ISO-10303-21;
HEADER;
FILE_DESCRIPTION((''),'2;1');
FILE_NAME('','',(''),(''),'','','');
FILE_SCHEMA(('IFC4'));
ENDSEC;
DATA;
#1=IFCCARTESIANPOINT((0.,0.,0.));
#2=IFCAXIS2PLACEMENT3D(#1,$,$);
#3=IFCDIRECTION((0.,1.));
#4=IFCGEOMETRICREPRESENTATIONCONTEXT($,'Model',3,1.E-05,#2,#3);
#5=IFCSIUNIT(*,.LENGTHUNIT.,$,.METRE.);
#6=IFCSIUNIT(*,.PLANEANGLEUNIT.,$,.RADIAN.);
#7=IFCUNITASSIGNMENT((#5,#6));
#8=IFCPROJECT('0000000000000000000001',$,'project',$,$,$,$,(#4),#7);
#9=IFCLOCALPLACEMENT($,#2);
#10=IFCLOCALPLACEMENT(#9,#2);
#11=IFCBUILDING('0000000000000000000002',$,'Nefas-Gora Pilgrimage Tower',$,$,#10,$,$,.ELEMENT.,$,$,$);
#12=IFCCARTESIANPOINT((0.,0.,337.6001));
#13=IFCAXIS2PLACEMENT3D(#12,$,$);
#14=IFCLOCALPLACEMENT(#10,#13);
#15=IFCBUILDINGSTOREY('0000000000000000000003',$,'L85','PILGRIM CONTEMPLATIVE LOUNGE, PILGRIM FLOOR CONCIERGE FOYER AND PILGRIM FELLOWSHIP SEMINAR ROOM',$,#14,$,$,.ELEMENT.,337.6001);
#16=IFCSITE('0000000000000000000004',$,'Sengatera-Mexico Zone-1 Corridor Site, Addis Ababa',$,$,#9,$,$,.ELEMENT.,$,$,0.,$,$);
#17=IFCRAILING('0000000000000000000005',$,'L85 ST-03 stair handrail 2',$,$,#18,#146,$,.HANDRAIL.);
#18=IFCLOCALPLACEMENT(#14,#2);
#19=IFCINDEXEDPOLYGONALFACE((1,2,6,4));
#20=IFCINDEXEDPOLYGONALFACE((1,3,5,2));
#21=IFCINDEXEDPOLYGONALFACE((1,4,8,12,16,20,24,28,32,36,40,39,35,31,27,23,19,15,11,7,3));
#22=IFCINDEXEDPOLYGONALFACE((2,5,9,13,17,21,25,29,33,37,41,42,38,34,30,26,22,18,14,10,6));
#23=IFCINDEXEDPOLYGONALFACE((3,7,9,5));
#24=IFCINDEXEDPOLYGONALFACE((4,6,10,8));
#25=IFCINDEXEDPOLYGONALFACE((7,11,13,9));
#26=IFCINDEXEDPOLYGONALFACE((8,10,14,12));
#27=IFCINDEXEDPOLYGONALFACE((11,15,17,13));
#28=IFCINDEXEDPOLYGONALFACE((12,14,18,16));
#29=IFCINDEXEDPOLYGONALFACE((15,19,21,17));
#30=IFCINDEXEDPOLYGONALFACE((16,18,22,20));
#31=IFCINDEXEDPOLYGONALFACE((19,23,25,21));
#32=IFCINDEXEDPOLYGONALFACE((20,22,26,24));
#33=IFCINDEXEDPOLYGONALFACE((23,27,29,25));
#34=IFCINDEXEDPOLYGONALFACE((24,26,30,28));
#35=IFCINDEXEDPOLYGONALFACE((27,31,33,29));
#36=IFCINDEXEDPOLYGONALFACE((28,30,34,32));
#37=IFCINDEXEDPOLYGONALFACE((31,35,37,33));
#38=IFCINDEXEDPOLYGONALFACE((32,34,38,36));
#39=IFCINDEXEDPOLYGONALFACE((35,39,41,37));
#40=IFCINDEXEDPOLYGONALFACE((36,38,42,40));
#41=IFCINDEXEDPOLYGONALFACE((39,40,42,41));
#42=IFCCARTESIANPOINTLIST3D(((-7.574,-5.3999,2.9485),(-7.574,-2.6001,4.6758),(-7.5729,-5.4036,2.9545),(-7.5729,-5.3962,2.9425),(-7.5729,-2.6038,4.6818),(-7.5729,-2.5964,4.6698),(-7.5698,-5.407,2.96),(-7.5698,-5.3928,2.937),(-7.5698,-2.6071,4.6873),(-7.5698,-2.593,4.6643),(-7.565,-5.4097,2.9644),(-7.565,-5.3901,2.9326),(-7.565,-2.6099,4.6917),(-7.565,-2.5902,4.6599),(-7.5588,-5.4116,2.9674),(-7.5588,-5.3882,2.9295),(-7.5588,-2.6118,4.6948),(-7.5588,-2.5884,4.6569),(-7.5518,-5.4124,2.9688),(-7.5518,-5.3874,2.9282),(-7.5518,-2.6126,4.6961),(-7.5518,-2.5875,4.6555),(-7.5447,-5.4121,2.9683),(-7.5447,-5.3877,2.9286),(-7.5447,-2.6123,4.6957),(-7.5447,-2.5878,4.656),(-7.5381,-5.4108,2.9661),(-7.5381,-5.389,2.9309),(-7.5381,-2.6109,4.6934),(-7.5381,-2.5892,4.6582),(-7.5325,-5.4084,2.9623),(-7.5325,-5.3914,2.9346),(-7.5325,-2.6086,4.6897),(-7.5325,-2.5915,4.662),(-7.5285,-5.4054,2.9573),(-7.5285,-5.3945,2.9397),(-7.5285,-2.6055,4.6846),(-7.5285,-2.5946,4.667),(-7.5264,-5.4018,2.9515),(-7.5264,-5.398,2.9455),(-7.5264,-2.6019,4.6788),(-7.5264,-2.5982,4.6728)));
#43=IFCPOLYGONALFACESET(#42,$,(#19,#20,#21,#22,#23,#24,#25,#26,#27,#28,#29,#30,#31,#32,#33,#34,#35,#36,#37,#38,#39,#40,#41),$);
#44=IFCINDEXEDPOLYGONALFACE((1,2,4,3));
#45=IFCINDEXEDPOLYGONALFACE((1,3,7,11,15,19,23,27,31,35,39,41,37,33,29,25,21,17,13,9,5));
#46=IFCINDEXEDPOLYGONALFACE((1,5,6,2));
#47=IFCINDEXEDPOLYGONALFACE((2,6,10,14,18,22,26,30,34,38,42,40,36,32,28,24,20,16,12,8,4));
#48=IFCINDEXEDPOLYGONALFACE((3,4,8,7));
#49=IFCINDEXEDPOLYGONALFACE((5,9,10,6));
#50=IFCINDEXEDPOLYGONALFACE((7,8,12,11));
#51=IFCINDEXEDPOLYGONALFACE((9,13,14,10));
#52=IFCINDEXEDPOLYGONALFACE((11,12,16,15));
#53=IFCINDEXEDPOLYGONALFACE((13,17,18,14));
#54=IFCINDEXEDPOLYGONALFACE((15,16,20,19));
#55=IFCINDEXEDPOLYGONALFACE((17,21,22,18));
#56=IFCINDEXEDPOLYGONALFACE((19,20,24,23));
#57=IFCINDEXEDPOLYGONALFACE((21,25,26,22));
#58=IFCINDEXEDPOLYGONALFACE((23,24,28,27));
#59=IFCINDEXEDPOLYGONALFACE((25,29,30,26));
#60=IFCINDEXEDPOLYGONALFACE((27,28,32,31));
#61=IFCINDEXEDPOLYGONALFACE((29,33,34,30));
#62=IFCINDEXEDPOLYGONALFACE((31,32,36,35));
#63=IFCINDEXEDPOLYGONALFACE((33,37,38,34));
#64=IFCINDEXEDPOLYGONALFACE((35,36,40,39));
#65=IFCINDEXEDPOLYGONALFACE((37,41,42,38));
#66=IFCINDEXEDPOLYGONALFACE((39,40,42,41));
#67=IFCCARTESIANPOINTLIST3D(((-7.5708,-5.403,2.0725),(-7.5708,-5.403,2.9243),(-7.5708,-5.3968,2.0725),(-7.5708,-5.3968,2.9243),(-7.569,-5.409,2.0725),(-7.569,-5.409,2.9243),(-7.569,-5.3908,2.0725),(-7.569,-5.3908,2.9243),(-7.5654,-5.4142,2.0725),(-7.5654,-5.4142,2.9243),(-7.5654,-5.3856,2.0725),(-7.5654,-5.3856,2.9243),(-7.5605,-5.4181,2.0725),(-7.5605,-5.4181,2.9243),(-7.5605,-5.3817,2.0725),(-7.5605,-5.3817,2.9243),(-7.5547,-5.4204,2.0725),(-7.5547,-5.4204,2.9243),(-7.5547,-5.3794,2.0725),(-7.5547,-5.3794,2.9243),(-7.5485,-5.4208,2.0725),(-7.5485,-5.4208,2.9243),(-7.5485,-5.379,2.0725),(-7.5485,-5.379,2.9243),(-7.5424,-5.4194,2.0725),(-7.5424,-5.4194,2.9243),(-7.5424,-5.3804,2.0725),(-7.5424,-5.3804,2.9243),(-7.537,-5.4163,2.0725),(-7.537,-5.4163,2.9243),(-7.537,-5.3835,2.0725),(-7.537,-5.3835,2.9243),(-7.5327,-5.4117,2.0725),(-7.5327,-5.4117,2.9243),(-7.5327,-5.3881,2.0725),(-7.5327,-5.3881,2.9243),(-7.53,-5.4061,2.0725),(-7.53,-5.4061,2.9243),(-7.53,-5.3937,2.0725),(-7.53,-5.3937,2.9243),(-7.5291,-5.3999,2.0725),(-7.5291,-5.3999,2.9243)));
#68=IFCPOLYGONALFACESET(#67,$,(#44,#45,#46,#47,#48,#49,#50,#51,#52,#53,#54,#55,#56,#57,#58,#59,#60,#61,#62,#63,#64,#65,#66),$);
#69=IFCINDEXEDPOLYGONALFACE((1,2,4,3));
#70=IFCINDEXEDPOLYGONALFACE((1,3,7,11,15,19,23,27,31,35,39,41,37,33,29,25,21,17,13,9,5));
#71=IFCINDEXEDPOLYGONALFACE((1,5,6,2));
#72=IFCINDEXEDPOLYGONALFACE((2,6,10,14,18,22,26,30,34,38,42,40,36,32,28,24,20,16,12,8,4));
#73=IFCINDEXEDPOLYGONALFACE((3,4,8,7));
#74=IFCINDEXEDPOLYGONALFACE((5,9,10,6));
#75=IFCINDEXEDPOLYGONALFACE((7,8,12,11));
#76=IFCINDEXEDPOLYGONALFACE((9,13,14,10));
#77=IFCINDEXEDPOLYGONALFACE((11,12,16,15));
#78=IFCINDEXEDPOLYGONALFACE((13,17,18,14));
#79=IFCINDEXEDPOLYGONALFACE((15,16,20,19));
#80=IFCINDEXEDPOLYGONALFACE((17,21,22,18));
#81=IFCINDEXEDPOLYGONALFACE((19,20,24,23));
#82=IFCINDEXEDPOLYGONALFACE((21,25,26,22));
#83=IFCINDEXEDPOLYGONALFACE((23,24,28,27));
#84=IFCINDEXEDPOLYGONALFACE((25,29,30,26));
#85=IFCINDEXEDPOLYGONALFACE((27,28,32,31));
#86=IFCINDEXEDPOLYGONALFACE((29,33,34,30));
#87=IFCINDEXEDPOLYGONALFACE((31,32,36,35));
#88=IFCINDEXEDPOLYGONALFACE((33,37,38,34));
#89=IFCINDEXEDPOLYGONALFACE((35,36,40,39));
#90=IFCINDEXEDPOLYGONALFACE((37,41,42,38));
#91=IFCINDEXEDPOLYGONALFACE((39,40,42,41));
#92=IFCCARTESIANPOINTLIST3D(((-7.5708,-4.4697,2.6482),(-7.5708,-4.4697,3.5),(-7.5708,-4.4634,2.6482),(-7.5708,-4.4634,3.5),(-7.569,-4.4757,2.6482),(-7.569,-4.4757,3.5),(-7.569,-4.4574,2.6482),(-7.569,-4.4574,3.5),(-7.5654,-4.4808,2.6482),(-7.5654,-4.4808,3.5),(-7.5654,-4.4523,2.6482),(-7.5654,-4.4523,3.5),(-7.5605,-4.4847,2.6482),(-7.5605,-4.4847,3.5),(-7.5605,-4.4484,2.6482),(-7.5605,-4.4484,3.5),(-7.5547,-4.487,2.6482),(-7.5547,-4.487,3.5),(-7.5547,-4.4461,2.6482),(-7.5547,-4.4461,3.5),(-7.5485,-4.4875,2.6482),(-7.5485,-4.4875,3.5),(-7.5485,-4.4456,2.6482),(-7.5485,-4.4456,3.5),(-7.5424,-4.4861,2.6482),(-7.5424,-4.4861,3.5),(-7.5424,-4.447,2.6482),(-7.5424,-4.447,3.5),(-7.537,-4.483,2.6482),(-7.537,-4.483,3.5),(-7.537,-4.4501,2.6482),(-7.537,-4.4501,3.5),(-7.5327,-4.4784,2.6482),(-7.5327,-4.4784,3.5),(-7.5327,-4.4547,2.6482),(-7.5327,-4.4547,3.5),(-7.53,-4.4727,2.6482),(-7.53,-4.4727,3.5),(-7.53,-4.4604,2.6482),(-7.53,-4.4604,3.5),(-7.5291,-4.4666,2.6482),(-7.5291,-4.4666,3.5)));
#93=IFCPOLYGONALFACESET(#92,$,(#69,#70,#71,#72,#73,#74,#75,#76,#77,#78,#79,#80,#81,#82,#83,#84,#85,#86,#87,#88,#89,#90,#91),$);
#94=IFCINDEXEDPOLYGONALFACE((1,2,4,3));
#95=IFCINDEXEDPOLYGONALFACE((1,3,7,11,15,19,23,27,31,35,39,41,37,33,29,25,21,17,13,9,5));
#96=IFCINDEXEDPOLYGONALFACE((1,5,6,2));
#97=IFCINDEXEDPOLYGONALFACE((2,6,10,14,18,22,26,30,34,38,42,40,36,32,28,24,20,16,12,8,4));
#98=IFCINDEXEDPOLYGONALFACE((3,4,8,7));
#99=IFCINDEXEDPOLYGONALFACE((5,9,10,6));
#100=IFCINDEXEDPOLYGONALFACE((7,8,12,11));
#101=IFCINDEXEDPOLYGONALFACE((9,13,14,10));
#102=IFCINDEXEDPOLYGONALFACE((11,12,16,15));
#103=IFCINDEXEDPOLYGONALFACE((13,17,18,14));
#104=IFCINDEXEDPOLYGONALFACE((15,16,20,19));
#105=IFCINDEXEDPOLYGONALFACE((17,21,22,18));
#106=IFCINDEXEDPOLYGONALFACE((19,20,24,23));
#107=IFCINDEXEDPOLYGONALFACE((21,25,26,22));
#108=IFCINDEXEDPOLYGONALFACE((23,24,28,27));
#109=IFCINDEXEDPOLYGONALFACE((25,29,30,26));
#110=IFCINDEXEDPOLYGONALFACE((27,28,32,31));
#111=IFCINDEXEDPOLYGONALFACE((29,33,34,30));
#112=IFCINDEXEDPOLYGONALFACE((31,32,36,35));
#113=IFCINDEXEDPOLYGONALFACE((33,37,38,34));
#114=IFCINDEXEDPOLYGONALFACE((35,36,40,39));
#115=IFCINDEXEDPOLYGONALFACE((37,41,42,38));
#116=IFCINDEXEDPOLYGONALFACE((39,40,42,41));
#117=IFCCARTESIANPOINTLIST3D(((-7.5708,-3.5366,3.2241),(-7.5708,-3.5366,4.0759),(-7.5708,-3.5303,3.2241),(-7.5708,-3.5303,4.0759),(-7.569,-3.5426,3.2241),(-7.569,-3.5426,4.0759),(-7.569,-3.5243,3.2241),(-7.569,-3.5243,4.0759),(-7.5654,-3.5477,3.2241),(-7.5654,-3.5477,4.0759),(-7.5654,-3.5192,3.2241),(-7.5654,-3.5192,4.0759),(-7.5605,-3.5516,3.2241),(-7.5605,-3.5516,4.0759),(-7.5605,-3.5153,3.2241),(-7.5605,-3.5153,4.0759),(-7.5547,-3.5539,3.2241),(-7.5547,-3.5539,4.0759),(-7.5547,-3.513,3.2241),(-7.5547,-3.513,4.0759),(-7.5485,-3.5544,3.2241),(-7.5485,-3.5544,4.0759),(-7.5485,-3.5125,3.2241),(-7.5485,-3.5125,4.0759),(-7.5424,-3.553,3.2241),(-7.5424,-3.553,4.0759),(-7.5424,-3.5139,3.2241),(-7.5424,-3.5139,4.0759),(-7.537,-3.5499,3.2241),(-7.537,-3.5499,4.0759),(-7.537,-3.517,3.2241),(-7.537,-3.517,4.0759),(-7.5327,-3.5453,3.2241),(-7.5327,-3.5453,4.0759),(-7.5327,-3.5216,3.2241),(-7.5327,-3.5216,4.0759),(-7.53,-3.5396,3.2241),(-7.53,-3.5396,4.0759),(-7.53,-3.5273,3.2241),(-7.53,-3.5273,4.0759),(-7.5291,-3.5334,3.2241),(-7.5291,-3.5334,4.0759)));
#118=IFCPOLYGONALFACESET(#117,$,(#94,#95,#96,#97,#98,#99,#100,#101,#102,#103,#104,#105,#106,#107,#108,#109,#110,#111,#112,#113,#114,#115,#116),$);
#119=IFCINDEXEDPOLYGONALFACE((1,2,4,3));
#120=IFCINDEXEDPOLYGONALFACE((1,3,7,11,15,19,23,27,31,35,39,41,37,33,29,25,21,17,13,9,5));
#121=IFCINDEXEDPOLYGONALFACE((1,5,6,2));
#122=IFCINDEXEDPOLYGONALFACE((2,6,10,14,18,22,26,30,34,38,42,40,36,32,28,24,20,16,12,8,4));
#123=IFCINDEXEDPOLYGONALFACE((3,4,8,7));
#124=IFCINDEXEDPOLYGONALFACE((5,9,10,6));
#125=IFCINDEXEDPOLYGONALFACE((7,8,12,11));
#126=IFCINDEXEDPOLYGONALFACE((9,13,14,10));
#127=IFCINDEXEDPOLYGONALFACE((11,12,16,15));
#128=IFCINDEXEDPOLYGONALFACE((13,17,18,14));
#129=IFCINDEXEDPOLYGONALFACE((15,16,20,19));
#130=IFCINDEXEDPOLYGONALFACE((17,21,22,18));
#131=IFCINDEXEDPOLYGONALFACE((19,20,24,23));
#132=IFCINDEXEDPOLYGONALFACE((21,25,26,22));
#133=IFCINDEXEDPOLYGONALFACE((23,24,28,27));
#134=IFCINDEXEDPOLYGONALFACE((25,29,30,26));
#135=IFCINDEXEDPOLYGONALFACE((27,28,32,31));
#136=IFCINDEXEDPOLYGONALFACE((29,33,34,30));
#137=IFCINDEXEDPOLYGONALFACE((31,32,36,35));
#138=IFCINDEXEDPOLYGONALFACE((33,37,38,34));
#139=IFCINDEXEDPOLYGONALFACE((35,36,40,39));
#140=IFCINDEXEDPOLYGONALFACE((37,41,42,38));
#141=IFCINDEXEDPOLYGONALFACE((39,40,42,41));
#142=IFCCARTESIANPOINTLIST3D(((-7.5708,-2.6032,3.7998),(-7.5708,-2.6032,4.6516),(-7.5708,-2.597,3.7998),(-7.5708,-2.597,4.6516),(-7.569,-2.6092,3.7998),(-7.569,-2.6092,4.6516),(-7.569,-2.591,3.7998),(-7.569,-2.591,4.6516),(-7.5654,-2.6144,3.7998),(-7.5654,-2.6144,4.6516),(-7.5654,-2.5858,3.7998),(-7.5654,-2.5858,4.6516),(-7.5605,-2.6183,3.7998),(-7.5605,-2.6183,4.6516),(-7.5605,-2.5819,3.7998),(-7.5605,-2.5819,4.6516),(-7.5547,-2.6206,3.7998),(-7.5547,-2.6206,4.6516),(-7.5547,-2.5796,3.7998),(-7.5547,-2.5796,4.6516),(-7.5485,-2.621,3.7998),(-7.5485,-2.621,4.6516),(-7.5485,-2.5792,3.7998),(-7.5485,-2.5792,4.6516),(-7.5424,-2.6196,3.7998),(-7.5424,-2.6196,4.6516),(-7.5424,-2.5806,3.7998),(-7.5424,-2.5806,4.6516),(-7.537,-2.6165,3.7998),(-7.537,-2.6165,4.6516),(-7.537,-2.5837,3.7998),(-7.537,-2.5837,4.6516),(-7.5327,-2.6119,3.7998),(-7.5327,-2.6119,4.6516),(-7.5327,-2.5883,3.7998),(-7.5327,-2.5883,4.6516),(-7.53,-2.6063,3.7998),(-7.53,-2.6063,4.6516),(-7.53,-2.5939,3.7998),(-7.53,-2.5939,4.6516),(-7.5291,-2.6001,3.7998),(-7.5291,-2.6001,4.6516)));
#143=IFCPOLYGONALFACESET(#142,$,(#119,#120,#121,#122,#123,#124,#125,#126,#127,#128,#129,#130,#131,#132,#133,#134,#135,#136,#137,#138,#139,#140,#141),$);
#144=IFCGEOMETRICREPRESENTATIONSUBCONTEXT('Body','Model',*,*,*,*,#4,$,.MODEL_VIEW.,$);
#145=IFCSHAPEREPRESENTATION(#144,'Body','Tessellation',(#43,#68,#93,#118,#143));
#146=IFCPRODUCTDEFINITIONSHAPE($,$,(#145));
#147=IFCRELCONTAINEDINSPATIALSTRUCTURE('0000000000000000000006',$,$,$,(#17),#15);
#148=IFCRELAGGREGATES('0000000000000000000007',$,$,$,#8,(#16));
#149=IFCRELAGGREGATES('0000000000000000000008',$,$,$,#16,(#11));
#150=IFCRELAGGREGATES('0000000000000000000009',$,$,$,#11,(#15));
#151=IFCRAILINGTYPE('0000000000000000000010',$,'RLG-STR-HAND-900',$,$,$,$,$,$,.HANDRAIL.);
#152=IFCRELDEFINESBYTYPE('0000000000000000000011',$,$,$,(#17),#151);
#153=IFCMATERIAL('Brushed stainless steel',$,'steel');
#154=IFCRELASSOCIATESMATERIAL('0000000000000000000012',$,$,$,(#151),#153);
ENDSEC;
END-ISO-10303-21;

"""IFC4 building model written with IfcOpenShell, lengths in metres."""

from ifc_helpers import new_model, si_unit, direction, frame, origin, origin_2d, place, context, subcontext, project, spatial, circle, extrude, material, type_object, element, save


model = new_model("IFC4")

# Units and contexts
model_context = context("Model", 3, precision=1e-05, world=origin(), true_north=direction((0.0, 1.0)))
body_context = subcontext(model_context, "Body", "Model", "MODEL_VIEW")
ifc_project = project(units=[si_unit("LENGTHUNIT", "METRE"), si_unit("PLANEANGLEUNIT", "RADIAN")], contexts=[model_context])

# Site, building, storey
site_placement = place(None, origin())
site = spatial("IfcSite", under=ifc_project, at=site_placement, Name="Sengatera-Mexico Zone-1 Corridor Site, Addis Ababa", CompositionType="ELEMENT", RefElevation=0.0)
building_placement = place(site_placement, origin())
building = spatial("IfcBuilding", under=site, at=building_placement, Name="Nefas-Gora Pilgrimage Tower", CompositionType="ELEMENT")
storey_placement = place(building_placement, frame((0.0, 0.0, 337.6001)))
storey = spatial("IfcBuildingStorey", under=building, at=storey_placement, Name="L85", Description="PILGRIM CONTEMPLATIVE LOUNGE, PILGRIM FLOOR CONCIERGE FOYER AND PILGRIM FELLOWSHIP SEMINAR ROOM", CompositionType="ELEMENT", Elevation=337.6001)

# Railing
ifc_material_1 = material(Name="Brushed stainless steel", Category="steel")
railing_type_1 = type_object("IfcRailingType", Name="RLG-STR-HAND-900", PredefinedType="HANDRAIL", material=ifc_material_1)
railing_1_placement = place(storey_placement, frame((-7.55, -5.3999, 2.0725)))
element("IfcRailing", 1, at=railing_1_placement, inside=storey, type_object=railing_type_1, Name="L85 ST-03 stair handrail 2", PredefinedType="HANDRAIL", context=body_context, shape_type="SweptSolid", body=[
    extrude(circle(Radius=0.0239, at=origin_2d()), frame((0.0, 0.0, 0.876), z_axis=(0.0, 0.851069, 0.525054), x_axis=(-1.0, 0.0, 0.0)), (0.0, 0.0, 1.0), 3.2898),
    extrude(circle(Radius=0.021, at=origin_2d()), origin(), (0.0, 0.0, 1.0), 0.8518),
    extrude(circle(Radius=0.021, at=origin_2d()), frame((0.0, 0.9333, 0.5757)), (0.0, 0.0, 1.0), 0.8518),
    extrude(circle(Radius=0.021, at=origin_2d()), frame((0.0, 1.8665, 1.1516)), (0.0, 0.0, 1.0), 0.8518),
    extrude(circle(Radius=0.021, at=origin_2d()), frame((0.0, 2.7998, 1.7273)), (0.0, 0.0, 1.0), 0.8518),
])

save(model, "model.ifc")
